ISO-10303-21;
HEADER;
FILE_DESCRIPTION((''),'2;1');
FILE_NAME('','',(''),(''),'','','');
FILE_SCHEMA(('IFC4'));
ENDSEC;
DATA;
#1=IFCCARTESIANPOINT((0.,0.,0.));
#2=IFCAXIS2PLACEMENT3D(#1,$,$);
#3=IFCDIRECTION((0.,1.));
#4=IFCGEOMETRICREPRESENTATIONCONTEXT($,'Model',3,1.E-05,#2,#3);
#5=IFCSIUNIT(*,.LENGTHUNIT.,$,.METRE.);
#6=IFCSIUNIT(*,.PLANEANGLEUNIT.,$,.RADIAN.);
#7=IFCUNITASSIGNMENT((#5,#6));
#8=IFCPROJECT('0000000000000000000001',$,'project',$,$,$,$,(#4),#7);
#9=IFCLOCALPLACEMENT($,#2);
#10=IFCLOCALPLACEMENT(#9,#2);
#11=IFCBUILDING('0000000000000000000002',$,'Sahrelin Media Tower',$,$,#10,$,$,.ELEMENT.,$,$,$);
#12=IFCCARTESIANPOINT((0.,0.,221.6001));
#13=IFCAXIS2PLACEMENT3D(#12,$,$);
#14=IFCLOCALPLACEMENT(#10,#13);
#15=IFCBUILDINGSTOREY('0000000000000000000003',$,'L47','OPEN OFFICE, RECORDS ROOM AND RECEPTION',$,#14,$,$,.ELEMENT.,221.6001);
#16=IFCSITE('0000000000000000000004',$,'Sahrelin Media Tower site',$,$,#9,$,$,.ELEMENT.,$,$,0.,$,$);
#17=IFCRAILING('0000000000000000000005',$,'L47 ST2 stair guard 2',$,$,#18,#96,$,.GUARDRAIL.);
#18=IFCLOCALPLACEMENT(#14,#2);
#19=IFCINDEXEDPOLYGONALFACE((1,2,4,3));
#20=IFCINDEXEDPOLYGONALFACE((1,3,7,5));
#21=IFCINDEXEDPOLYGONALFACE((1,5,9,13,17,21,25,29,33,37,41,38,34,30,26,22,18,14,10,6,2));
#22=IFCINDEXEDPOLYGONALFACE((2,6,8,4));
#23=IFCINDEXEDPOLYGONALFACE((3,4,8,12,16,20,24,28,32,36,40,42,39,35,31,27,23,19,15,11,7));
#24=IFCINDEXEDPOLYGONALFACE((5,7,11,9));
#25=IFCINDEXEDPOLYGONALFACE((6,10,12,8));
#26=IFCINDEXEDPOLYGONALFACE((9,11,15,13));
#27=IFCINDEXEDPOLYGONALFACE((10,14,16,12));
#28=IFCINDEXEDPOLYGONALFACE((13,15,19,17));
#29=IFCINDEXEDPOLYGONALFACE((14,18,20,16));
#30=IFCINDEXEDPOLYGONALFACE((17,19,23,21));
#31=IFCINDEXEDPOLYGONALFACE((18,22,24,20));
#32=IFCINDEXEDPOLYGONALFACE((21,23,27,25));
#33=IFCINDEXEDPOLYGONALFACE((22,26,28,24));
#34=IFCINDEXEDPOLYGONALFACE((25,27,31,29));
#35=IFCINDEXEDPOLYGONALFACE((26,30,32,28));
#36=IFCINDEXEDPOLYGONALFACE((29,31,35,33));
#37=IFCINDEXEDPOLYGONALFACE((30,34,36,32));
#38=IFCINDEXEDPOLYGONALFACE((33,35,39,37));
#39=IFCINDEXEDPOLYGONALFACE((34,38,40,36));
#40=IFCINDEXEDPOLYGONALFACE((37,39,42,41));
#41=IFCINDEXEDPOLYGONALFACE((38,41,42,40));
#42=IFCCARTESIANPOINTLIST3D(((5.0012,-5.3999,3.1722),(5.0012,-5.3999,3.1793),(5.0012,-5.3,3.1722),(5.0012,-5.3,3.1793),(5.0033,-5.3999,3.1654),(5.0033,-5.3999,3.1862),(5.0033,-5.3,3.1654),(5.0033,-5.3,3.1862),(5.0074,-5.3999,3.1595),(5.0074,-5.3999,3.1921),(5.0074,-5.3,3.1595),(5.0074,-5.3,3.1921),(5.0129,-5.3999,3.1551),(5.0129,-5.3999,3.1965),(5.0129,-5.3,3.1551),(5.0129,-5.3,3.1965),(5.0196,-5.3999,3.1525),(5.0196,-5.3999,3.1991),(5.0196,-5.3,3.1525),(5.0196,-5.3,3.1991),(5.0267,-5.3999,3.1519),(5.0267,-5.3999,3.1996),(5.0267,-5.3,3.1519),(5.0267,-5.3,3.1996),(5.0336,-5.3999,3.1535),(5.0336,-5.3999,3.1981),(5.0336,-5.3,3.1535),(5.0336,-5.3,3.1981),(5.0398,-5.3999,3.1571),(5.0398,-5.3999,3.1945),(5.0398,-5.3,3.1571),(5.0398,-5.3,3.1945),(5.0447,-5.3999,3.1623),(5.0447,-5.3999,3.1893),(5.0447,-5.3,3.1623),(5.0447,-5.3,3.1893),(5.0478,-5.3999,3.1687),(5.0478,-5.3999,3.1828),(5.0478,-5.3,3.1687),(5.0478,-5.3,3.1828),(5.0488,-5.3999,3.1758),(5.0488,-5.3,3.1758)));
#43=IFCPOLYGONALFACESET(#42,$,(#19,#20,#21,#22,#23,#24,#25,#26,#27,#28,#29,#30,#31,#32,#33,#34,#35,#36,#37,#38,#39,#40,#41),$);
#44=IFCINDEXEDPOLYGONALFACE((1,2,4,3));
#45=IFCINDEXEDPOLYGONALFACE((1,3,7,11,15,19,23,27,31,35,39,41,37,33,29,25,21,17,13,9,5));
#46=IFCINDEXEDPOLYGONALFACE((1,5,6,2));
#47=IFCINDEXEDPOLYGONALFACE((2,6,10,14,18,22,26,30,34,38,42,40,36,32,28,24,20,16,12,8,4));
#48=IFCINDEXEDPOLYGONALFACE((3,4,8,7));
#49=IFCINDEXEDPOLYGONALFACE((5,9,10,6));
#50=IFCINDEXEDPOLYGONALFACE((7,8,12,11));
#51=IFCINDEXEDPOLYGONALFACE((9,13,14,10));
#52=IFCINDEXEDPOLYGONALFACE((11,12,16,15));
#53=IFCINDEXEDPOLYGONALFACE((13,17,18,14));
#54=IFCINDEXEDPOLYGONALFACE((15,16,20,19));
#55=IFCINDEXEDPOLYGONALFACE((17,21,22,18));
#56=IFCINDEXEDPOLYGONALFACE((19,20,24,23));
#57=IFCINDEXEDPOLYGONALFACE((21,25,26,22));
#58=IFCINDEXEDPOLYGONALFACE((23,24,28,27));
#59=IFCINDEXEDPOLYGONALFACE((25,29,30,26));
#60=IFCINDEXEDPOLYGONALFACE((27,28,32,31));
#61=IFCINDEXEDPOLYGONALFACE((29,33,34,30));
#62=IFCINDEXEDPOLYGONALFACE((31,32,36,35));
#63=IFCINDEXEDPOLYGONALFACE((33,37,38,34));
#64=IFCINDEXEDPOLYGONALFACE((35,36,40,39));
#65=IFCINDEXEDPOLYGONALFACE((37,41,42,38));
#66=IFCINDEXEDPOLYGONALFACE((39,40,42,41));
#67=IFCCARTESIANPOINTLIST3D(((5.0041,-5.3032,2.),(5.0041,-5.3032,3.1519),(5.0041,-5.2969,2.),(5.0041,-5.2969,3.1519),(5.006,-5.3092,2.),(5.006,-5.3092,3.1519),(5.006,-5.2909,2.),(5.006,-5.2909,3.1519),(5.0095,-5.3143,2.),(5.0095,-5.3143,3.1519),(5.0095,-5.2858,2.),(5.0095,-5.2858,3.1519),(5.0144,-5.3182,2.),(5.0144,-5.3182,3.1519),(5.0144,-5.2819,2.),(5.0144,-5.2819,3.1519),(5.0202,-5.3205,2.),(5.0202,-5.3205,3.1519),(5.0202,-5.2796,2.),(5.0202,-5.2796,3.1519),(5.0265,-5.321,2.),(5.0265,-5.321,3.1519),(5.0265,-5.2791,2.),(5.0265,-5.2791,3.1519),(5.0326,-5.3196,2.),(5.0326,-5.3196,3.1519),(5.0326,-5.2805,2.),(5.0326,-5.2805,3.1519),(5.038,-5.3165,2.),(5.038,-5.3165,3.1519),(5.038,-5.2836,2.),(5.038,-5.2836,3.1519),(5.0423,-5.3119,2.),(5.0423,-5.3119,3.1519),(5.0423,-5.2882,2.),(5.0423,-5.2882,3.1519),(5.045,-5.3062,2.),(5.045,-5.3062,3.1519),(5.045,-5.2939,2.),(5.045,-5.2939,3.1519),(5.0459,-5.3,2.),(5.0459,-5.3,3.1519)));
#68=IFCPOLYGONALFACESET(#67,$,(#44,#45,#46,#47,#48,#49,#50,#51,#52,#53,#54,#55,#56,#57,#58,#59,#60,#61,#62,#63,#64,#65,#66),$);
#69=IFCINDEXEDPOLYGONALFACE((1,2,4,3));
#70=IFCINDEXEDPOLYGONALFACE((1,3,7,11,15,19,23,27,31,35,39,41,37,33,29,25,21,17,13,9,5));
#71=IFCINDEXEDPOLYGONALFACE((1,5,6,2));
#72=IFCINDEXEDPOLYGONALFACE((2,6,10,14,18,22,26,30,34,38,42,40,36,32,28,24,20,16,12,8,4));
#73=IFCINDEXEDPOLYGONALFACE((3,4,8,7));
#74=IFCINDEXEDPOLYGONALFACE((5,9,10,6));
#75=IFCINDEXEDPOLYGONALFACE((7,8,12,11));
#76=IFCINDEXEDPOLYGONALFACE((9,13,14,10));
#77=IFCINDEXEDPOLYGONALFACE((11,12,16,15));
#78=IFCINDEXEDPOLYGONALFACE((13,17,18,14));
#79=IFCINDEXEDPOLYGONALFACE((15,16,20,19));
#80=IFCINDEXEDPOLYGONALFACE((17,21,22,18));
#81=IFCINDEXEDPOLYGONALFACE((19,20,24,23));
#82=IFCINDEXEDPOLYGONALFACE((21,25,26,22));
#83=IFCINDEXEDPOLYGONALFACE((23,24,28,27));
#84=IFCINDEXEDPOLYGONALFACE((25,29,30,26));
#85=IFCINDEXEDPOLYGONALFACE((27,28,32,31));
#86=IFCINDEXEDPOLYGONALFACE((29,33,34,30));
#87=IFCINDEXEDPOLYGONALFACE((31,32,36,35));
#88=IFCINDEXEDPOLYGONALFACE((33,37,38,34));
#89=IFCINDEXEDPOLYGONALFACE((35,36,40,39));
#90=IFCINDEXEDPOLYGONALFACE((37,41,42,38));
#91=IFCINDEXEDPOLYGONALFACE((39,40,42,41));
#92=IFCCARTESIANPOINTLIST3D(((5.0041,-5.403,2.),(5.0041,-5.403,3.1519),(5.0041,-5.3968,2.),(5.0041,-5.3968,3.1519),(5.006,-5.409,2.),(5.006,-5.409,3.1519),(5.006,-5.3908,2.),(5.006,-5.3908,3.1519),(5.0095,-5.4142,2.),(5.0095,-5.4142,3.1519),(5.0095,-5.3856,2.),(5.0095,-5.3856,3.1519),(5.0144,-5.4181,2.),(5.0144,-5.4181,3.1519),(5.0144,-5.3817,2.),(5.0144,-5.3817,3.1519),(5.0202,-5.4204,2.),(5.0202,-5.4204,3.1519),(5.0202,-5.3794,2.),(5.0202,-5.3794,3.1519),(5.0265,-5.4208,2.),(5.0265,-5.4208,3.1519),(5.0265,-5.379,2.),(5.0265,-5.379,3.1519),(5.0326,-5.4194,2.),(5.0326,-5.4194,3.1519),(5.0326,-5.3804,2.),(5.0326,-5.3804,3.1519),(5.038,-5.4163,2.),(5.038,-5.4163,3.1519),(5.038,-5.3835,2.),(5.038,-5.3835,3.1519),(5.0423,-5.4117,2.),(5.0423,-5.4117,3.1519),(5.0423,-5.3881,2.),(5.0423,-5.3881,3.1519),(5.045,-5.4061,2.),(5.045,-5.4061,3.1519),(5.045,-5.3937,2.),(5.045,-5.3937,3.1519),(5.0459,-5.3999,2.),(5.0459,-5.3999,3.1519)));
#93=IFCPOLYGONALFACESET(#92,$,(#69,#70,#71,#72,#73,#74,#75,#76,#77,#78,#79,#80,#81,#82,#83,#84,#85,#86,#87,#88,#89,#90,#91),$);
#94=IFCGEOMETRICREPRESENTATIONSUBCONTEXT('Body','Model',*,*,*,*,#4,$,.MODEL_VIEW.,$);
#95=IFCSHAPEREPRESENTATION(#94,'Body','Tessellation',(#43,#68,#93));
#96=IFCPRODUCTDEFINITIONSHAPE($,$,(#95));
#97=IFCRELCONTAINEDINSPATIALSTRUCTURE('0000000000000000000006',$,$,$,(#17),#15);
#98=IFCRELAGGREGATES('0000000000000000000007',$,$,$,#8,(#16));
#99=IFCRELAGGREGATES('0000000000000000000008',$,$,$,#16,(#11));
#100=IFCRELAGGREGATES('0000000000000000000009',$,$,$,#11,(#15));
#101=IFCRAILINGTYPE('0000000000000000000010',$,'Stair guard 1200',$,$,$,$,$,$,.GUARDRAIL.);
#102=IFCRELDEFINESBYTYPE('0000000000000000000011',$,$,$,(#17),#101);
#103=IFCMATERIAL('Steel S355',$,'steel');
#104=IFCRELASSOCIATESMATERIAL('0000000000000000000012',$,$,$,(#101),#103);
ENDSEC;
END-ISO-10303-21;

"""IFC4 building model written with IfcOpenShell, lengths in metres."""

from ifc_helpers import new_model, si_unit, direction, frame, origin, origin_2d, place, context, subcontext, project, spatial, circle, extrude, material, type_object, element, save


model = new_model("IFC4")

# Units and contexts
model_context = context("Model", 3, precision=1e-05, world=origin(), true_north=direction((0.0, 1.0)))
body_context = subcontext(model_context, "Body", "Model", "MODEL_VIEW")
ifc_project = project(units=[si_unit("LENGTHUNIT", "METRE"), si_unit("PLANEANGLEUNIT", "RADIAN")], contexts=[model_context])

# Site, building, storey
site_placement = place(None, origin())
site = spatial("IfcSite", under=ifc_project, at=site_placement, Name="Sahrelin Media Tower site", CompositionType="ELEMENT", RefElevation=0.0)
building_placement = place(site_placement, origin())
building = spatial("IfcBuilding", under=site, at=building_placement, Name="Sahrelin Media Tower", CompositionType="ELEMENT")
storey_placement = place(building_placement, frame((0.0, 0.0, 221.6001)))
storey = spatial("IfcBuildingStorey", under=building, at=storey_placement, Name="L47", Description="OPEN OFFICE, RECORDS ROOM AND RECEPTION", CompositionType="ELEMENT", Elevation=221.6001)

# Shared definitions
ifc_material_1 = material(Name="Steel S355", Category="steel")

# Railing
railing_type_1 = type_object("IfcRailingType", Name="Stair guard 1200", PredefinedType="GUARDRAIL", material=ifc_material_1)
railing_1_placement = place(storey_placement, frame((5.0249, -5.3, 2.0)))
element("IfcRailing", 1, at=railing_1_placement, inside=storey, type_object=railing_type_1, Name="L47 ST2 stair guard 2", PredefinedType="GUARDRAIL", context=body_context, shape_type="SweptSolid", body=[
    extrude(circle(Radius=0.0239, at=origin_2d()), frame((0.0, 0.0, 1.1758), z_axis=(0.0, -1.0, 0.0), x_axis=(1.0, 0.0, 0.0)), (0.0, 0.0, 1.0), 0.0999),
    extrude(circle(Radius=0.021, at=origin_2d()), origin(), (0.0, 0.0, 1.0), 1.1519),
    extrude(circle(Radius=0.021, at=origin_2d()), frame((0.0, -0.0999, 0.0)), (0.0, 0.0, 1.0), 1.1519),
])

save(model, "model.ifc")
